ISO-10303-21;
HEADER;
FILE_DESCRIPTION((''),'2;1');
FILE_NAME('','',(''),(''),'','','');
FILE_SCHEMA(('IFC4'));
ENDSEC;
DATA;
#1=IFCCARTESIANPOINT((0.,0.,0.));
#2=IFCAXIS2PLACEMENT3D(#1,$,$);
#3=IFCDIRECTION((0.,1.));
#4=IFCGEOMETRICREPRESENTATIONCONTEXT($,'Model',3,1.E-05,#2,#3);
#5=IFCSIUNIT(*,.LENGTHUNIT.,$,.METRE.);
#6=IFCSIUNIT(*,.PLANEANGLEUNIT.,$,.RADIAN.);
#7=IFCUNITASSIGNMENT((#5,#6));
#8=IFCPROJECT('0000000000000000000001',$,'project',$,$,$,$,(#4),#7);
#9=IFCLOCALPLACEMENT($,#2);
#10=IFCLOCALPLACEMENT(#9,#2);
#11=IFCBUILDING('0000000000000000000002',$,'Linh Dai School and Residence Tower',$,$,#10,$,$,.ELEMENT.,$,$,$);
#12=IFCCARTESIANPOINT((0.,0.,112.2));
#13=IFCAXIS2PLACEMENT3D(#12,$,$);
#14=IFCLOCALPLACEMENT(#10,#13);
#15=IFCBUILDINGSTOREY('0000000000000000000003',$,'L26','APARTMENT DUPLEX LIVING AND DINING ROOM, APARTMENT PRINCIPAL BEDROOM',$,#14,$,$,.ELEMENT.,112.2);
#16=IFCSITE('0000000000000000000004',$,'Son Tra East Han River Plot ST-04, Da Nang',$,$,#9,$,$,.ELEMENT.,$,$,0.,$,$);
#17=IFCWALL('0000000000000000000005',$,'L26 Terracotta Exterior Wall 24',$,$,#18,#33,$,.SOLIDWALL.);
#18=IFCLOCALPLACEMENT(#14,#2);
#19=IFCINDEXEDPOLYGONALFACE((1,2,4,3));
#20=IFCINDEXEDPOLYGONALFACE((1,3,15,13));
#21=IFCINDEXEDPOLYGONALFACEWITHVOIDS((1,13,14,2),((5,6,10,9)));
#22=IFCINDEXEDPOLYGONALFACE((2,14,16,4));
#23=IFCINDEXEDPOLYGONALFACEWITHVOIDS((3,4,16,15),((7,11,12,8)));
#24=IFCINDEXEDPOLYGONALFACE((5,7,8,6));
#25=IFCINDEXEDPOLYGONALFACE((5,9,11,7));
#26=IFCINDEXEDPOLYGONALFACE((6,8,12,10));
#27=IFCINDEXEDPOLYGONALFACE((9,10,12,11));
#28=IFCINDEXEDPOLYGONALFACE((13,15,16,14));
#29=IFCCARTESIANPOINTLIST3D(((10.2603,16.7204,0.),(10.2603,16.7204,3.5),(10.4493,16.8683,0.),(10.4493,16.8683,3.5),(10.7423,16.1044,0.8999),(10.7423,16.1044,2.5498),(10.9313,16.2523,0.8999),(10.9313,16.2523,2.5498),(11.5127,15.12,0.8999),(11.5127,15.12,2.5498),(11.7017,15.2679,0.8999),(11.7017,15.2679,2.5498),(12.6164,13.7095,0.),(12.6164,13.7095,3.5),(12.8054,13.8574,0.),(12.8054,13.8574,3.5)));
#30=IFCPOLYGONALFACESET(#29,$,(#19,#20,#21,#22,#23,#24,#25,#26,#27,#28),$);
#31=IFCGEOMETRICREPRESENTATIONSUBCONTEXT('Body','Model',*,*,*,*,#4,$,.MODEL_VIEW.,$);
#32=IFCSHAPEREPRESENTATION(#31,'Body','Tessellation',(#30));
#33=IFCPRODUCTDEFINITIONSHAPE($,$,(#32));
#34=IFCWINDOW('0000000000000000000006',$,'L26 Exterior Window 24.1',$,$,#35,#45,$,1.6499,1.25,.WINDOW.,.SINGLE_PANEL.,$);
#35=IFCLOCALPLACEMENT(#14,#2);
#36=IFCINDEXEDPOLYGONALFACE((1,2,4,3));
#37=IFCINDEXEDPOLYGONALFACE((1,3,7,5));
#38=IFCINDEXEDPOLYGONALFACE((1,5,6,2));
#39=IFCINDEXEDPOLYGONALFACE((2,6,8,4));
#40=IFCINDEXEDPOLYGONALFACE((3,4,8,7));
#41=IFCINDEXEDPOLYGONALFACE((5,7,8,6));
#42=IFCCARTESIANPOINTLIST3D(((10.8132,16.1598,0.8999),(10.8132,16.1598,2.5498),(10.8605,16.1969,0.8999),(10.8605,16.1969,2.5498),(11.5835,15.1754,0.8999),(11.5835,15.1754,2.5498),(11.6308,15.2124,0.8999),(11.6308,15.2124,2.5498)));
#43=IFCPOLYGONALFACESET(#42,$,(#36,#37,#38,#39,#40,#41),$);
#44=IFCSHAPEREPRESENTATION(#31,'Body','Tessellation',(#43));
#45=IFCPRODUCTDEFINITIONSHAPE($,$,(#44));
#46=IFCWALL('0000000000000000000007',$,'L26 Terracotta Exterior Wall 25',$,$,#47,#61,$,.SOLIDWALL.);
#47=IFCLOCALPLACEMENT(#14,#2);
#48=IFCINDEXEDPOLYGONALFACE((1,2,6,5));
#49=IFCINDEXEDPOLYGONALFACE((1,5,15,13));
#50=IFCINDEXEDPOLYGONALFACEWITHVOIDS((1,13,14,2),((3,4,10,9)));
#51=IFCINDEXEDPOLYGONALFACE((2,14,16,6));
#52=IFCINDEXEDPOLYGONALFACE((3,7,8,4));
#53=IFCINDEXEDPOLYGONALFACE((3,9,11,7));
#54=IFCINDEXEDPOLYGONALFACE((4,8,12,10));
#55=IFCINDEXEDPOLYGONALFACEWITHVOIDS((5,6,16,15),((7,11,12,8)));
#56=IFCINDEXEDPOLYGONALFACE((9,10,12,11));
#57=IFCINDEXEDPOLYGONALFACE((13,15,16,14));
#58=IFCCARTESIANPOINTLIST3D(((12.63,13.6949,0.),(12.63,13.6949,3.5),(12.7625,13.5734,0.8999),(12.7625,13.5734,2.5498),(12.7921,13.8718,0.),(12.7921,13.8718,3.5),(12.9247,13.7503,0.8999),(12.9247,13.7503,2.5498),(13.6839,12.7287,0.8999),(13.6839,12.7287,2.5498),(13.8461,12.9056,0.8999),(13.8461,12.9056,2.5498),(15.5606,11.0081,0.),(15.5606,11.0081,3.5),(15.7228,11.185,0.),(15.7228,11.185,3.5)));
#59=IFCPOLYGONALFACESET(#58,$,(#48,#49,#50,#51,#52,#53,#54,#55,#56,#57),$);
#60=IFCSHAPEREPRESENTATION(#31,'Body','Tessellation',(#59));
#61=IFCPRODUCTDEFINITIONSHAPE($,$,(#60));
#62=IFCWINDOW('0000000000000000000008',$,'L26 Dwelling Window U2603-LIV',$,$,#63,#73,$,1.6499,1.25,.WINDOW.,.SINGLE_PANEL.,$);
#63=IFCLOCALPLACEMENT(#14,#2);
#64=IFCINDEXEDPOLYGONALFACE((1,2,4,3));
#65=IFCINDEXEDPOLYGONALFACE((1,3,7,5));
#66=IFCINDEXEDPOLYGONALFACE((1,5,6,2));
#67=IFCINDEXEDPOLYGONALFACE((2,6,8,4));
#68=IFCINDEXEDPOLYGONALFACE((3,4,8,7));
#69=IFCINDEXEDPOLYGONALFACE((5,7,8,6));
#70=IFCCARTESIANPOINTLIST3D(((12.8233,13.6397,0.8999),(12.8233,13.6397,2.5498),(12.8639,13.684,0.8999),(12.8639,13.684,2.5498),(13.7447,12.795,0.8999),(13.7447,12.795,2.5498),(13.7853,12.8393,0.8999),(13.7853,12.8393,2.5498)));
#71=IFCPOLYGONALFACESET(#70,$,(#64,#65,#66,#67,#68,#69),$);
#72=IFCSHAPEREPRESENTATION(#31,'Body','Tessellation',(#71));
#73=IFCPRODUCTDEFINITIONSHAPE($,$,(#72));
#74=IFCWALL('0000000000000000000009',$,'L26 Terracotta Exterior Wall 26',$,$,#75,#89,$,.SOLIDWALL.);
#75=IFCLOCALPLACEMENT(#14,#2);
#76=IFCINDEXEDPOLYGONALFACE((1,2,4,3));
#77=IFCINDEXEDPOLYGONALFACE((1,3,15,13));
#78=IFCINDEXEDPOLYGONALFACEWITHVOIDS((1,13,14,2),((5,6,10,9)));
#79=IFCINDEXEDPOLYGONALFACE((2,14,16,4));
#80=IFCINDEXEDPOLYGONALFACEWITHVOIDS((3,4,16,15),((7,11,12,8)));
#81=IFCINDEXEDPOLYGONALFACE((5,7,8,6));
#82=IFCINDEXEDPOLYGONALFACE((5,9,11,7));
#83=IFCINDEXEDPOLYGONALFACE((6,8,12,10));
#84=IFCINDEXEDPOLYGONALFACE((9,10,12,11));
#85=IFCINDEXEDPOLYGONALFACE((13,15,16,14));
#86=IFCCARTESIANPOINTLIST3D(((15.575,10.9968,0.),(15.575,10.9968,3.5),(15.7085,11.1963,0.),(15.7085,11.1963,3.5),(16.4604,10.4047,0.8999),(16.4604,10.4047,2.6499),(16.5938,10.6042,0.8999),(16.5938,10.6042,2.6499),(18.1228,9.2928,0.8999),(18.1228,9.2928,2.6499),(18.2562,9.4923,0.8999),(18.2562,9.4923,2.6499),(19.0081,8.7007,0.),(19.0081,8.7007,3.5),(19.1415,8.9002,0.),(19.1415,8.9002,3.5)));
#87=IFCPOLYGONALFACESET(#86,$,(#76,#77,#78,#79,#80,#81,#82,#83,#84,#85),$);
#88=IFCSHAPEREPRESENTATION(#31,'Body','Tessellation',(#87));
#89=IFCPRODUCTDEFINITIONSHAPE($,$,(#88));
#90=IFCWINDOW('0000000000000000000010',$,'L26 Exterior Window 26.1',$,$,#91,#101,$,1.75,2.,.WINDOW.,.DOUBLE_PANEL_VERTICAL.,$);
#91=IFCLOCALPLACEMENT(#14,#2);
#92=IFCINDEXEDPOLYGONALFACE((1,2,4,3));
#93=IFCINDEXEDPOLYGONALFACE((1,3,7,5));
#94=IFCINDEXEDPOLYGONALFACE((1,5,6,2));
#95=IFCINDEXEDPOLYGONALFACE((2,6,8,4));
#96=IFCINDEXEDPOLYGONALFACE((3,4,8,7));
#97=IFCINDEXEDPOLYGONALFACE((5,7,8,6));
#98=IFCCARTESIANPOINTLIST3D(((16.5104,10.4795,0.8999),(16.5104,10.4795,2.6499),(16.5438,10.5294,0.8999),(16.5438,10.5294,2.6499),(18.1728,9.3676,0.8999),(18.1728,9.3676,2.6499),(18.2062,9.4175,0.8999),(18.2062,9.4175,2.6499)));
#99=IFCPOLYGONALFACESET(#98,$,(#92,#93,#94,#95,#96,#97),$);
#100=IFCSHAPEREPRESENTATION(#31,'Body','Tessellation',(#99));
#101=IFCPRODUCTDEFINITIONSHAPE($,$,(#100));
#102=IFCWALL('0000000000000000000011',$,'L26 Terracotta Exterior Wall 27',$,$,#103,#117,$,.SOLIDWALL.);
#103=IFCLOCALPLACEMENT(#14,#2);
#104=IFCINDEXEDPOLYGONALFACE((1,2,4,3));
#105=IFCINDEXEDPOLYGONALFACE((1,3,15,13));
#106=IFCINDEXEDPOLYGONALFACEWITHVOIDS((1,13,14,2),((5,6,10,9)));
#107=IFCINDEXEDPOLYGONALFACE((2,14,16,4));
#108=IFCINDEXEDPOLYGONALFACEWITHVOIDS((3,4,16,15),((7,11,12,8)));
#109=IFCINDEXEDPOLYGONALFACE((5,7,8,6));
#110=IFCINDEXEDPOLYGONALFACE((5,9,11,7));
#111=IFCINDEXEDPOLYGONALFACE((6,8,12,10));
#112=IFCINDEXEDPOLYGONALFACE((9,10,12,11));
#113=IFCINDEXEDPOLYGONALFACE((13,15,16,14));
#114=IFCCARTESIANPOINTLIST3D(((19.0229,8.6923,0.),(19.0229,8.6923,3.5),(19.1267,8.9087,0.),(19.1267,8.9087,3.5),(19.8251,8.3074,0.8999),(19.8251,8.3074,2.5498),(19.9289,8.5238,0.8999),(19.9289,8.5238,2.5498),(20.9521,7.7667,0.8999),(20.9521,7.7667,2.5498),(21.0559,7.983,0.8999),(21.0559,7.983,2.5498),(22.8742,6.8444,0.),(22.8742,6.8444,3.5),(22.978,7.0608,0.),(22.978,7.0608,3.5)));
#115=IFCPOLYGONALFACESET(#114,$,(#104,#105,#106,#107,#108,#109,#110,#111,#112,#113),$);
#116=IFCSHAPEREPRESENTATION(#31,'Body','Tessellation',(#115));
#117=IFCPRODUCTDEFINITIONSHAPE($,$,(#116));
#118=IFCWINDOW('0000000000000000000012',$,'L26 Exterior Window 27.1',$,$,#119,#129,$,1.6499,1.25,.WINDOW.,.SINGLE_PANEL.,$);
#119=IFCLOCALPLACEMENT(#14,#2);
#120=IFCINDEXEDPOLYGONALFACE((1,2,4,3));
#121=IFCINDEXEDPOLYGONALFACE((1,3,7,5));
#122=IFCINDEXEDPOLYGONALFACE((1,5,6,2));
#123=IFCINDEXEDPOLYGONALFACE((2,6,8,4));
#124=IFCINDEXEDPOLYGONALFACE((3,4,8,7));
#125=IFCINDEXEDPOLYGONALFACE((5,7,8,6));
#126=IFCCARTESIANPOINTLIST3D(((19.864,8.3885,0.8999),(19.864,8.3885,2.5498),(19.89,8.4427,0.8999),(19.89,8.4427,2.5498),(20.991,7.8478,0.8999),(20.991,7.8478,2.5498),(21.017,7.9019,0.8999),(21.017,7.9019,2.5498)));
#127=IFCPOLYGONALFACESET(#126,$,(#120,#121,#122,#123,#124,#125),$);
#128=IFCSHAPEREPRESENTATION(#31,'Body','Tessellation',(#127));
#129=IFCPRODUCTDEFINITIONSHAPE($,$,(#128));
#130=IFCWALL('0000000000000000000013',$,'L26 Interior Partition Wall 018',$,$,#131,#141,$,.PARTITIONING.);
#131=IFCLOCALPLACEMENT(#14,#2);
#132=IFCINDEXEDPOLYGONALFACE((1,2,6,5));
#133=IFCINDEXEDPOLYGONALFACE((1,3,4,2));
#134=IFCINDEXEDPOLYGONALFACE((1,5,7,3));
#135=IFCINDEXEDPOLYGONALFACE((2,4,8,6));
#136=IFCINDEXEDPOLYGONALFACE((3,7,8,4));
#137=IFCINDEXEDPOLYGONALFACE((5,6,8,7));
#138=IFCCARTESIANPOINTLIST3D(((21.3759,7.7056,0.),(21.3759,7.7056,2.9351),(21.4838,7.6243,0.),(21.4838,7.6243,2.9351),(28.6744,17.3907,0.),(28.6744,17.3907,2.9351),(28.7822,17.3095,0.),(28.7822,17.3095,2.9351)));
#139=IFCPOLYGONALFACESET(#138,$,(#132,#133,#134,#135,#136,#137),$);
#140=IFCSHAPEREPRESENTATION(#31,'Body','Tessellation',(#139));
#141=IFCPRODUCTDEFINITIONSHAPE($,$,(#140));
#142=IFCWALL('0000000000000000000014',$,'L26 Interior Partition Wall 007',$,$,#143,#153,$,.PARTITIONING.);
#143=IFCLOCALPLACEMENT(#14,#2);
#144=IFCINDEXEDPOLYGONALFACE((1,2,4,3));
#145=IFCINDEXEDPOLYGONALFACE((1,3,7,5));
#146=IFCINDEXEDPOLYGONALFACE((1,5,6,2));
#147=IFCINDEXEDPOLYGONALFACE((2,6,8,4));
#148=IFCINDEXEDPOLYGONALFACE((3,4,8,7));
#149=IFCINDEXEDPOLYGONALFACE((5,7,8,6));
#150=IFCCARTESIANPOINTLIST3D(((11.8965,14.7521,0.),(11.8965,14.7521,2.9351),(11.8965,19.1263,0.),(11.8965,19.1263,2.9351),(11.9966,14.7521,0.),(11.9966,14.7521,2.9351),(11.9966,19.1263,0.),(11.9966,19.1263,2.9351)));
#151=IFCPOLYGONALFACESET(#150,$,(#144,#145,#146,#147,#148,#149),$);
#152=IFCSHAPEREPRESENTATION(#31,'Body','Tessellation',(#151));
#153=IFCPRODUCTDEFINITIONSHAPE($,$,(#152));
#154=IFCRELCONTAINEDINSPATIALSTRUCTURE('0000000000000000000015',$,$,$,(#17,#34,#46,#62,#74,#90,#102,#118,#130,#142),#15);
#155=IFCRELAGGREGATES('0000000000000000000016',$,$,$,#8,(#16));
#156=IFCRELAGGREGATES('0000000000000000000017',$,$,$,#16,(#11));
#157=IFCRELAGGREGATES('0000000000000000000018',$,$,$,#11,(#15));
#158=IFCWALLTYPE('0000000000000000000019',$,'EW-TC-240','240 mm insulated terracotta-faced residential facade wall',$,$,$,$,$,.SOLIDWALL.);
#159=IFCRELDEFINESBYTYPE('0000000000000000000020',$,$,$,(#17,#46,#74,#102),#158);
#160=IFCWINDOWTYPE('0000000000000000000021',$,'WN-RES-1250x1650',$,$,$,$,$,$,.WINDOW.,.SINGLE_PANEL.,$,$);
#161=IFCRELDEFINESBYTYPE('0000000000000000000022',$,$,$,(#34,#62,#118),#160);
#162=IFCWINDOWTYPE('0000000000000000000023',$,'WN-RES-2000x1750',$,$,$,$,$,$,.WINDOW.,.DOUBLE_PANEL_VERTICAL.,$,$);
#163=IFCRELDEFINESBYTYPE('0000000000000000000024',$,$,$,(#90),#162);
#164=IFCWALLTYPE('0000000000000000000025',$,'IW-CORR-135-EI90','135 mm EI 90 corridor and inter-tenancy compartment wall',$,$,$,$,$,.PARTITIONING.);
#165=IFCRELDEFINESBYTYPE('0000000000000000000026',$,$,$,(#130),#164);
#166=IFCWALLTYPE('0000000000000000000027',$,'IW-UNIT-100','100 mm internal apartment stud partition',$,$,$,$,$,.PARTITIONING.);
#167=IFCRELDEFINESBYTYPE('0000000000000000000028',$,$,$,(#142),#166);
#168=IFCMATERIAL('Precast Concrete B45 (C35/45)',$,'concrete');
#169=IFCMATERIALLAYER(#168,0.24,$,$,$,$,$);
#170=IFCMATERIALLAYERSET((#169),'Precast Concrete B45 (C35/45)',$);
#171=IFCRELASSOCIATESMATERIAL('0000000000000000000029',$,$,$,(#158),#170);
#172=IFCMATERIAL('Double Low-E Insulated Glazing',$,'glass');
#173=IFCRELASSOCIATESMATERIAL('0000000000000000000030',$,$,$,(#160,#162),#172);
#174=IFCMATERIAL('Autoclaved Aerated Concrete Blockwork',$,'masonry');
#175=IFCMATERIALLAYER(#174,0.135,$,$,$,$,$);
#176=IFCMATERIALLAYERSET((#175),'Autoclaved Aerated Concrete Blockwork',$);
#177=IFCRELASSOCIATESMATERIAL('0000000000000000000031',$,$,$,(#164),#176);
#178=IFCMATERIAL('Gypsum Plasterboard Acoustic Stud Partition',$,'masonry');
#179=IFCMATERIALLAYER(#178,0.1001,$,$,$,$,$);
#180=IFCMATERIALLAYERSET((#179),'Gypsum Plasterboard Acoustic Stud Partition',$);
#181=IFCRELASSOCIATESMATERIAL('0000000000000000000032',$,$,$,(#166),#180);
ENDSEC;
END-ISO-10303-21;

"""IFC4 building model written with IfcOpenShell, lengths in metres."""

from ifc_helpers import new_model, si_unit, direction, frame, frame_2d, origin, origin_2d, place, context, subcontext, project, spatial, rectangle, extrude, source, transform, mapped, material, layer, layer_set, type_object, element, fill, save


model = new_model("IFC4")

# Units and contexts
model_context = context("Model", 3, precision=1e-05, world=origin(), true_north=direction((0.0, 1.0)))
body_context = subcontext(model_context, "Body", "Model", "MODEL_VIEW")
ifc_project = project(units=[si_unit("LENGTHUNIT", "METRE"), si_unit("PLANEANGLEUNIT", "RADIAN")], contexts=[model_context])

# Site, building, storey
site_placement = place(None, origin())
site = spatial("IfcSite", under=ifc_project, at=site_placement, Name="Son Tra East Han River Plot ST-04, Da Nang", CompositionType="ELEMENT", RefElevation=0.0)
building_placement = place(site_placement, origin())
building = spatial("IfcBuilding", under=site, at=building_placement, Name="Linh Dai School and Residence Tower", CompositionType="ELEMENT")
storey_placement = place(building_placement, frame((0.0, 0.0, 112.2)))
storey = spatial("IfcBuildingStorey", under=building, at=storey_placement, Name="L26", Description="APARTMENT DUPLEX LIVING AND DINING ROOM, APARTMENT PRINCIPAL BEDROOM", CompositionType="ELEMENT", Elevation=112.2)

# Shared definitions
ifc_material_1 = material(Name="Precast Concrete B45 (C35/45)", Category="concrete")

# Walls, openings, windows
ifc_layer_1 = layer(ifc_material_1, 0.24)
ifc_layer_set_1 = layer_set([ifc_layer_1], Name="Precast Concrete B45 (C35/45)")
wall_type_1 = type_object("IfcWallType", Name="EW-TC-240", Description="240 mm insulated terracotta-faced residential facade wall", PredefinedType="SOLIDWALL", material=ifc_layer_set_1)
wall_1_placement = place(storey_placement, frame((12.7109, 13.7834, 0.0), z_axis=(0.0, 0.0, 1.0), x_axis=(-0.616272, 0.787533, 0.0)))
wall_1 = element("IfcWall", 1, at=wall_1_placement, inside=storey, type_object=wall_type_1, Name="L26 Terracotta Exterior Wall 24", PredefinedType="SOLIDWALL", context=body_context, shape_type="SweptSolid", body=[
    extrude(rectangle(XDim=3.8232, YDim=0.24, at=frame_2d((1.9116, 0.0))), origin(), (0.0, 0.0, 1.0), 3.5),
])
opening_1_placement = place(wall_1_placement, frame((1.791, 0.0, 0.8999)))
opening_1 = element("IfcOpeningElement", 2, at=opening_1_placement, cuts=wall_1, PredefinedType="OPENING", context=body_context, shape_type="SweptSolid", body=[
    extrude(rectangle(XDim=1.25, YDim=1.6499, at=origin_2d()), frame((0.625, 0.1299, 0.825), z_axis=(0.0, -1.0, 0.0), x_axis=(1.0, 0.0, 0.0)), (0.0, 0.0, 1.0), 0.26),
])
ifc_material_2 = material(Name="Double Low-E Insulated Glazing", Category="glass")
window_type_1 = type_object("IfcWindowType", Name="WN-RES-1250x1650", PartitioningType="SINGLE_PANEL", PredefinedType="WINDOW", material=ifc_material_2)
shared_shape_1 = source(origin(), body_context, "Body", "SweptSolid", [
    extrude(rectangle(XDim=1.25, YDim=1.6499, at=origin_2d()), frame((0.625, 0.03, 0.825), z_axis=(0.0, -1.0, 0.0), x_axis=(1.0, 0.0, 0.0)), (0.0, 0.0, 1.0), 0.0601),
])
window_1_placement = place(opening_1_placement, origin())
window_1 = element("IfcWindow", 3, at=window_1_placement, inside=storey, type_object=window_type_1, Name="L26 Exterior Window 24.1", OverallHeight=1.6499, OverallWidth=1.25, PartitioningType="SINGLE_PANEL", PredefinedType="WINDOW", context=body_context, shape_type="MappedRepresentation", body=[
    mapped(shared_shape_1, transform((0.0, 0.0, 0.0), x_axis=(1.0, 0.0, 0.0), y_axis=(0.0, 1.0, 0.0), z_axis=(0.0, 0.0, 1.0), scale=1.0)),
])
fill(opening_1, window_1)
wall_2_placement = place(storey_placement, frame((15.6416, 11.0967, 0.0), z_axis=(0.0, 0.0, 1.0), x_axis=(-0.737113, 0.675769, 0.0)))
wall_2 = element("IfcWall", 4, at=wall_2_placement, inside=storey, type_object=wall_type_1, Name="L26 Terracotta Exterior Wall 25", PredefinedType="SOLIDWALL", context=body_context, shape_type="SweptSolid", body=[
    extrude(rectangle(XDim=3.9758, YDim=0.24, at=frame_2d((1.9878, 0.0))), origin(), (0.0, 0.0, 1.0), 3.5),
])
opening_2_placement = place(wall_2_placement, frame((2.5459, 0.0, 0.8999)))
opening_2 = element("IfcOpeningElement", 5, at=opening_2_placement, cuts=wall_2, PredefinedType="OPENING", context=body_context, shape_type="SweptSolid", body=[
    extrude(rectangle(XDim=1.25, YDim=1.6499, at=origin_2d()), frame((0.625, 0.1299, 0.825), z_axis=(0.0, -1.0, 0.0), x_axis=(1.0, 0.0, 0.0)), (0.0, 0.0, 1.0), 0.26),
])
window_2_placement = place(opening_2_placement, origin())
window_2 = element("IfcWindow", 6, at=window_2_placement, inside=storey, type_object=window_type_1, Name="L26 Dwelling Window U2603-LIV", OverallHeight=1.6499, OverallWidth=1.25, PartitioningType="SINGLE_PANEL", PredefinedType="WINDOW", context=body_context, shape_type="MappedRepresentation", body=[
    mapped(shared_shape_1, transform((0.0, 0.0, 0.0), x_axis=(1.0, 0.0, 0.0), y_axis=(0.0, 1.0, 0.0), z_axis=(0.0, 0.0, 1.0), scale=1.0)),
])
fill(opening_2, window_2)
wall_3_placement = place(storey_placement, frame((19.0747, 8.8005, 0.0), z_axis=(0.0, 0.0, 1.0), x_axis=(-0.831222, 0.555941, 0.0)))
wall_3 = element("IfcWall", 7, at=wall_3_placement, inside=storey, type_object=wall_type_1, Name="L26 Terracotta Exterior Wall 26", PredefinedType="SOLIDWALL", context=body_context, shape_type="SweptSolid", body=[
    extrude(rectangle(XDim=4.1301, YDim=0.24, at=frame_2d((2.0649, 0.0))), origin(), (0.0, 0.0, 1.0), 3.5),
])
opening_3_placement = place(wall_3_placement, frame((1.0649, 0.0, 0.8999)))
opening_3 = element("IfcOpeningElement", 8, at=opening_3_placement, cuts=wall_3, PredefinedType="OPENING", context=body_context, shape_type="SweptSolid", body=[
    extrude(rectangle(XDim=2.0, YDim=1.75, at=origin_2d()), frame((1.0, 0.1299, 0.875), z_axis=(0.0, -1.0, 0.0), x_axis=(1.0, 0.0, 0.0)), (0.0, 0.0, 1.0), 0.26),
])
window_type_2 = type_object("IfcWindowType", Name="WN-RES-2000x1750", PartitioningType="DOUBLE_PANEL_VERTICAL", PredefinedType="WINDOW", material=ifc_material_2)
shared_shape_2 = source(origin(), body_context, "Body", "SweptSolid", [
    extrude(rectangle(XDim=2.0, YDim=1.75, at=origin_2d()), frame((1.0, 0.03, 0.875), z_axis=(0.0, -1.0, 0.0), x_axis=(1.0, 0.0, 0.0)), (0.0, 0.0, 1.0), 0.0601),
])
window_3_placement = place(opening_3_placement, origin())
window_3 = element("IfcWindow", 9, at=window_3_placement, inside=storey, type_object=window_type_2, Name="L26 Exterior Window 26.1", OverallHeight=1.75, OverallWidth=2.0, PartitioningType="DOUBLE_PANEL_VERTICAL", PredefinedType="WINDOW", context=body_context, shape_type="MappedRepresentation", body=[
    mapped(shared_shape_2, transform((0.0, 0.0, 0.0), x_axis=(1.0, 0.0, 0.0), y_axis=(0.0, 1.0, 0.0), z_axis=(0.0, 0.0, 1.0), scale=1.0)),
])
fill(opening_3, window_3)
wall_4_placement = place(storey_placement, frame((22.926, 6.9526, 0.0), z_axis=(0.0, 0.0, 1.0), x_axis=(-0.90159, 0.432592, 0.0)))
wall_4 = element("IfcWall", 10, at=wall_4_placement, inside=storey, type_object=wall_type_1, Name="L26 Terracotta Exterior Wall 27", PredefinedType="SOLIDWALL", context=body_context, shape_type="SweptSolid", body=[
    extrude(rectangle(XDim=4.2717, YDim=0.24, at=frame_2d((2.1357, 0.0))), origin(), (0.0, 0.0, 1.0), 3.5),
])
opening_4_placement = place(wall_4_placement, frame((2.1318, 0.0, 0.8999)))
opening_4 = element("IfcOpeningElement", 11, at=opening_4_placement, cuts=wall_4, PredefinedType="OPENING", context=body_context, shape_type="SweptSolid", body=[
    extrude(rectangle(XDim=1.25, YDim=1.6499, at=origin_2d()), frame((0.625, 0.1299, 0.825), z_axis=(0.0, -1.0, 0.0), x_axis=(1.0, 0.0, 0.0)), (0.0, 0.0, 1.0), 0.26),
])
window_4_placement = place(opening_4_placement, origin())
window_4 = element("IfcWindow", 12, at=window_4_placement, inside=storey, type_object=window_type_1, Name="L26 Exterior Window 27.1", OverallHeight=1.6499, OverallWidth=1.25, PartitioningType="SINGLE_PANEL", PredefinedType="WINDOW", context=body_context, shape_type="MappedRepresentation", body=[
    mapped(shared_shape_1, transform((0.0, 0.0, 0.0), x_axis=(1.0, 0.0, 0.0), y_axis=(0.0, 1.0, 0.0), z_axis=(0.0, 0.0, 1.0), scale=1.0)),
])
fill(opening_4, window_4)

# Walls
ifc_material_3 = material(Name="Autoclaved Aerated Concrete Blockwork", Category="masonry")
ifc_layer_2 = layer(ifc_material_3, 0.135)
ifc_layer_set_2 = layer_set([ifc_layer_2], Name="Autoclaved Aerated Concrete Blockwork")
wall_type_2 = type_object("IfcWallType", Name="IW-CORR-135-EI90", Description="135 mm EI 90 corridor and inter-tenancy compartment wall", PredefinedType="PARTITIONING", material=ifc_layer_set_2)
wall_5_placement = place(storey_placement, frame((21.4299, 7.665, 0.0), z_axis=(0.0, 0.0, 1.0), x_axis=(0.601822, 0.798631, 0.0)))
element("IfcWall", 13, at=wall_5_placement, inside=storey, type_object=wall_type_2, Name="L26 Interior Partition Wall 018", PredefinedType="PARTITIONING", context=body_context, shape_type="SweptSolid", body=[
    extrude(rectangle(XDim=12.1272, YDim=0.135, at=frame_2d((6.0635, 0.0))), origin(), (0.0, 0.0, 1.0), 2.9351),
])
ifc_material_4 = material(Name="Gypsum Plasterboard Acoustic Stud Partition", Category="masonry")
ifc_layer_3 = layer(ifc_material_4, 0.1001)
ifc_layer_set_3 = layer_set([ifc_layer_3], Name="Gypsum Plasterboard Acoustic Stud Partition")
wall_type_3 = type_object("IfcWallType", Name="IW-UNIT-100", Description="100 mm internal apartment stud partition", PredefinedType="PARTITIONING", material=ifc_layer_set_3)
wall_6_placement = place(storey_placement, frame((11.9465, 14.7522, 0.0), z_axis=(0.0, 0.0, 1.0), x_axis=(0.0, 1.0, 0.0)))
element("IfcWall", 14, at=wall_6_placement, inside=storey, type_object=wall_type_3, Name="L26 Interior Partition Wall 007", PredefinedType="PARTITIONING", context=body_context, shape_type="SweptSolid", body=[
    extrude(rectangle(XDim=4.3743, YDim=0.1001, at=frame_2d((2.187, 0.0))), origin(), (0.0, 0.0, 1.0), 2.9351),
])

save(model, "model.ifc")
